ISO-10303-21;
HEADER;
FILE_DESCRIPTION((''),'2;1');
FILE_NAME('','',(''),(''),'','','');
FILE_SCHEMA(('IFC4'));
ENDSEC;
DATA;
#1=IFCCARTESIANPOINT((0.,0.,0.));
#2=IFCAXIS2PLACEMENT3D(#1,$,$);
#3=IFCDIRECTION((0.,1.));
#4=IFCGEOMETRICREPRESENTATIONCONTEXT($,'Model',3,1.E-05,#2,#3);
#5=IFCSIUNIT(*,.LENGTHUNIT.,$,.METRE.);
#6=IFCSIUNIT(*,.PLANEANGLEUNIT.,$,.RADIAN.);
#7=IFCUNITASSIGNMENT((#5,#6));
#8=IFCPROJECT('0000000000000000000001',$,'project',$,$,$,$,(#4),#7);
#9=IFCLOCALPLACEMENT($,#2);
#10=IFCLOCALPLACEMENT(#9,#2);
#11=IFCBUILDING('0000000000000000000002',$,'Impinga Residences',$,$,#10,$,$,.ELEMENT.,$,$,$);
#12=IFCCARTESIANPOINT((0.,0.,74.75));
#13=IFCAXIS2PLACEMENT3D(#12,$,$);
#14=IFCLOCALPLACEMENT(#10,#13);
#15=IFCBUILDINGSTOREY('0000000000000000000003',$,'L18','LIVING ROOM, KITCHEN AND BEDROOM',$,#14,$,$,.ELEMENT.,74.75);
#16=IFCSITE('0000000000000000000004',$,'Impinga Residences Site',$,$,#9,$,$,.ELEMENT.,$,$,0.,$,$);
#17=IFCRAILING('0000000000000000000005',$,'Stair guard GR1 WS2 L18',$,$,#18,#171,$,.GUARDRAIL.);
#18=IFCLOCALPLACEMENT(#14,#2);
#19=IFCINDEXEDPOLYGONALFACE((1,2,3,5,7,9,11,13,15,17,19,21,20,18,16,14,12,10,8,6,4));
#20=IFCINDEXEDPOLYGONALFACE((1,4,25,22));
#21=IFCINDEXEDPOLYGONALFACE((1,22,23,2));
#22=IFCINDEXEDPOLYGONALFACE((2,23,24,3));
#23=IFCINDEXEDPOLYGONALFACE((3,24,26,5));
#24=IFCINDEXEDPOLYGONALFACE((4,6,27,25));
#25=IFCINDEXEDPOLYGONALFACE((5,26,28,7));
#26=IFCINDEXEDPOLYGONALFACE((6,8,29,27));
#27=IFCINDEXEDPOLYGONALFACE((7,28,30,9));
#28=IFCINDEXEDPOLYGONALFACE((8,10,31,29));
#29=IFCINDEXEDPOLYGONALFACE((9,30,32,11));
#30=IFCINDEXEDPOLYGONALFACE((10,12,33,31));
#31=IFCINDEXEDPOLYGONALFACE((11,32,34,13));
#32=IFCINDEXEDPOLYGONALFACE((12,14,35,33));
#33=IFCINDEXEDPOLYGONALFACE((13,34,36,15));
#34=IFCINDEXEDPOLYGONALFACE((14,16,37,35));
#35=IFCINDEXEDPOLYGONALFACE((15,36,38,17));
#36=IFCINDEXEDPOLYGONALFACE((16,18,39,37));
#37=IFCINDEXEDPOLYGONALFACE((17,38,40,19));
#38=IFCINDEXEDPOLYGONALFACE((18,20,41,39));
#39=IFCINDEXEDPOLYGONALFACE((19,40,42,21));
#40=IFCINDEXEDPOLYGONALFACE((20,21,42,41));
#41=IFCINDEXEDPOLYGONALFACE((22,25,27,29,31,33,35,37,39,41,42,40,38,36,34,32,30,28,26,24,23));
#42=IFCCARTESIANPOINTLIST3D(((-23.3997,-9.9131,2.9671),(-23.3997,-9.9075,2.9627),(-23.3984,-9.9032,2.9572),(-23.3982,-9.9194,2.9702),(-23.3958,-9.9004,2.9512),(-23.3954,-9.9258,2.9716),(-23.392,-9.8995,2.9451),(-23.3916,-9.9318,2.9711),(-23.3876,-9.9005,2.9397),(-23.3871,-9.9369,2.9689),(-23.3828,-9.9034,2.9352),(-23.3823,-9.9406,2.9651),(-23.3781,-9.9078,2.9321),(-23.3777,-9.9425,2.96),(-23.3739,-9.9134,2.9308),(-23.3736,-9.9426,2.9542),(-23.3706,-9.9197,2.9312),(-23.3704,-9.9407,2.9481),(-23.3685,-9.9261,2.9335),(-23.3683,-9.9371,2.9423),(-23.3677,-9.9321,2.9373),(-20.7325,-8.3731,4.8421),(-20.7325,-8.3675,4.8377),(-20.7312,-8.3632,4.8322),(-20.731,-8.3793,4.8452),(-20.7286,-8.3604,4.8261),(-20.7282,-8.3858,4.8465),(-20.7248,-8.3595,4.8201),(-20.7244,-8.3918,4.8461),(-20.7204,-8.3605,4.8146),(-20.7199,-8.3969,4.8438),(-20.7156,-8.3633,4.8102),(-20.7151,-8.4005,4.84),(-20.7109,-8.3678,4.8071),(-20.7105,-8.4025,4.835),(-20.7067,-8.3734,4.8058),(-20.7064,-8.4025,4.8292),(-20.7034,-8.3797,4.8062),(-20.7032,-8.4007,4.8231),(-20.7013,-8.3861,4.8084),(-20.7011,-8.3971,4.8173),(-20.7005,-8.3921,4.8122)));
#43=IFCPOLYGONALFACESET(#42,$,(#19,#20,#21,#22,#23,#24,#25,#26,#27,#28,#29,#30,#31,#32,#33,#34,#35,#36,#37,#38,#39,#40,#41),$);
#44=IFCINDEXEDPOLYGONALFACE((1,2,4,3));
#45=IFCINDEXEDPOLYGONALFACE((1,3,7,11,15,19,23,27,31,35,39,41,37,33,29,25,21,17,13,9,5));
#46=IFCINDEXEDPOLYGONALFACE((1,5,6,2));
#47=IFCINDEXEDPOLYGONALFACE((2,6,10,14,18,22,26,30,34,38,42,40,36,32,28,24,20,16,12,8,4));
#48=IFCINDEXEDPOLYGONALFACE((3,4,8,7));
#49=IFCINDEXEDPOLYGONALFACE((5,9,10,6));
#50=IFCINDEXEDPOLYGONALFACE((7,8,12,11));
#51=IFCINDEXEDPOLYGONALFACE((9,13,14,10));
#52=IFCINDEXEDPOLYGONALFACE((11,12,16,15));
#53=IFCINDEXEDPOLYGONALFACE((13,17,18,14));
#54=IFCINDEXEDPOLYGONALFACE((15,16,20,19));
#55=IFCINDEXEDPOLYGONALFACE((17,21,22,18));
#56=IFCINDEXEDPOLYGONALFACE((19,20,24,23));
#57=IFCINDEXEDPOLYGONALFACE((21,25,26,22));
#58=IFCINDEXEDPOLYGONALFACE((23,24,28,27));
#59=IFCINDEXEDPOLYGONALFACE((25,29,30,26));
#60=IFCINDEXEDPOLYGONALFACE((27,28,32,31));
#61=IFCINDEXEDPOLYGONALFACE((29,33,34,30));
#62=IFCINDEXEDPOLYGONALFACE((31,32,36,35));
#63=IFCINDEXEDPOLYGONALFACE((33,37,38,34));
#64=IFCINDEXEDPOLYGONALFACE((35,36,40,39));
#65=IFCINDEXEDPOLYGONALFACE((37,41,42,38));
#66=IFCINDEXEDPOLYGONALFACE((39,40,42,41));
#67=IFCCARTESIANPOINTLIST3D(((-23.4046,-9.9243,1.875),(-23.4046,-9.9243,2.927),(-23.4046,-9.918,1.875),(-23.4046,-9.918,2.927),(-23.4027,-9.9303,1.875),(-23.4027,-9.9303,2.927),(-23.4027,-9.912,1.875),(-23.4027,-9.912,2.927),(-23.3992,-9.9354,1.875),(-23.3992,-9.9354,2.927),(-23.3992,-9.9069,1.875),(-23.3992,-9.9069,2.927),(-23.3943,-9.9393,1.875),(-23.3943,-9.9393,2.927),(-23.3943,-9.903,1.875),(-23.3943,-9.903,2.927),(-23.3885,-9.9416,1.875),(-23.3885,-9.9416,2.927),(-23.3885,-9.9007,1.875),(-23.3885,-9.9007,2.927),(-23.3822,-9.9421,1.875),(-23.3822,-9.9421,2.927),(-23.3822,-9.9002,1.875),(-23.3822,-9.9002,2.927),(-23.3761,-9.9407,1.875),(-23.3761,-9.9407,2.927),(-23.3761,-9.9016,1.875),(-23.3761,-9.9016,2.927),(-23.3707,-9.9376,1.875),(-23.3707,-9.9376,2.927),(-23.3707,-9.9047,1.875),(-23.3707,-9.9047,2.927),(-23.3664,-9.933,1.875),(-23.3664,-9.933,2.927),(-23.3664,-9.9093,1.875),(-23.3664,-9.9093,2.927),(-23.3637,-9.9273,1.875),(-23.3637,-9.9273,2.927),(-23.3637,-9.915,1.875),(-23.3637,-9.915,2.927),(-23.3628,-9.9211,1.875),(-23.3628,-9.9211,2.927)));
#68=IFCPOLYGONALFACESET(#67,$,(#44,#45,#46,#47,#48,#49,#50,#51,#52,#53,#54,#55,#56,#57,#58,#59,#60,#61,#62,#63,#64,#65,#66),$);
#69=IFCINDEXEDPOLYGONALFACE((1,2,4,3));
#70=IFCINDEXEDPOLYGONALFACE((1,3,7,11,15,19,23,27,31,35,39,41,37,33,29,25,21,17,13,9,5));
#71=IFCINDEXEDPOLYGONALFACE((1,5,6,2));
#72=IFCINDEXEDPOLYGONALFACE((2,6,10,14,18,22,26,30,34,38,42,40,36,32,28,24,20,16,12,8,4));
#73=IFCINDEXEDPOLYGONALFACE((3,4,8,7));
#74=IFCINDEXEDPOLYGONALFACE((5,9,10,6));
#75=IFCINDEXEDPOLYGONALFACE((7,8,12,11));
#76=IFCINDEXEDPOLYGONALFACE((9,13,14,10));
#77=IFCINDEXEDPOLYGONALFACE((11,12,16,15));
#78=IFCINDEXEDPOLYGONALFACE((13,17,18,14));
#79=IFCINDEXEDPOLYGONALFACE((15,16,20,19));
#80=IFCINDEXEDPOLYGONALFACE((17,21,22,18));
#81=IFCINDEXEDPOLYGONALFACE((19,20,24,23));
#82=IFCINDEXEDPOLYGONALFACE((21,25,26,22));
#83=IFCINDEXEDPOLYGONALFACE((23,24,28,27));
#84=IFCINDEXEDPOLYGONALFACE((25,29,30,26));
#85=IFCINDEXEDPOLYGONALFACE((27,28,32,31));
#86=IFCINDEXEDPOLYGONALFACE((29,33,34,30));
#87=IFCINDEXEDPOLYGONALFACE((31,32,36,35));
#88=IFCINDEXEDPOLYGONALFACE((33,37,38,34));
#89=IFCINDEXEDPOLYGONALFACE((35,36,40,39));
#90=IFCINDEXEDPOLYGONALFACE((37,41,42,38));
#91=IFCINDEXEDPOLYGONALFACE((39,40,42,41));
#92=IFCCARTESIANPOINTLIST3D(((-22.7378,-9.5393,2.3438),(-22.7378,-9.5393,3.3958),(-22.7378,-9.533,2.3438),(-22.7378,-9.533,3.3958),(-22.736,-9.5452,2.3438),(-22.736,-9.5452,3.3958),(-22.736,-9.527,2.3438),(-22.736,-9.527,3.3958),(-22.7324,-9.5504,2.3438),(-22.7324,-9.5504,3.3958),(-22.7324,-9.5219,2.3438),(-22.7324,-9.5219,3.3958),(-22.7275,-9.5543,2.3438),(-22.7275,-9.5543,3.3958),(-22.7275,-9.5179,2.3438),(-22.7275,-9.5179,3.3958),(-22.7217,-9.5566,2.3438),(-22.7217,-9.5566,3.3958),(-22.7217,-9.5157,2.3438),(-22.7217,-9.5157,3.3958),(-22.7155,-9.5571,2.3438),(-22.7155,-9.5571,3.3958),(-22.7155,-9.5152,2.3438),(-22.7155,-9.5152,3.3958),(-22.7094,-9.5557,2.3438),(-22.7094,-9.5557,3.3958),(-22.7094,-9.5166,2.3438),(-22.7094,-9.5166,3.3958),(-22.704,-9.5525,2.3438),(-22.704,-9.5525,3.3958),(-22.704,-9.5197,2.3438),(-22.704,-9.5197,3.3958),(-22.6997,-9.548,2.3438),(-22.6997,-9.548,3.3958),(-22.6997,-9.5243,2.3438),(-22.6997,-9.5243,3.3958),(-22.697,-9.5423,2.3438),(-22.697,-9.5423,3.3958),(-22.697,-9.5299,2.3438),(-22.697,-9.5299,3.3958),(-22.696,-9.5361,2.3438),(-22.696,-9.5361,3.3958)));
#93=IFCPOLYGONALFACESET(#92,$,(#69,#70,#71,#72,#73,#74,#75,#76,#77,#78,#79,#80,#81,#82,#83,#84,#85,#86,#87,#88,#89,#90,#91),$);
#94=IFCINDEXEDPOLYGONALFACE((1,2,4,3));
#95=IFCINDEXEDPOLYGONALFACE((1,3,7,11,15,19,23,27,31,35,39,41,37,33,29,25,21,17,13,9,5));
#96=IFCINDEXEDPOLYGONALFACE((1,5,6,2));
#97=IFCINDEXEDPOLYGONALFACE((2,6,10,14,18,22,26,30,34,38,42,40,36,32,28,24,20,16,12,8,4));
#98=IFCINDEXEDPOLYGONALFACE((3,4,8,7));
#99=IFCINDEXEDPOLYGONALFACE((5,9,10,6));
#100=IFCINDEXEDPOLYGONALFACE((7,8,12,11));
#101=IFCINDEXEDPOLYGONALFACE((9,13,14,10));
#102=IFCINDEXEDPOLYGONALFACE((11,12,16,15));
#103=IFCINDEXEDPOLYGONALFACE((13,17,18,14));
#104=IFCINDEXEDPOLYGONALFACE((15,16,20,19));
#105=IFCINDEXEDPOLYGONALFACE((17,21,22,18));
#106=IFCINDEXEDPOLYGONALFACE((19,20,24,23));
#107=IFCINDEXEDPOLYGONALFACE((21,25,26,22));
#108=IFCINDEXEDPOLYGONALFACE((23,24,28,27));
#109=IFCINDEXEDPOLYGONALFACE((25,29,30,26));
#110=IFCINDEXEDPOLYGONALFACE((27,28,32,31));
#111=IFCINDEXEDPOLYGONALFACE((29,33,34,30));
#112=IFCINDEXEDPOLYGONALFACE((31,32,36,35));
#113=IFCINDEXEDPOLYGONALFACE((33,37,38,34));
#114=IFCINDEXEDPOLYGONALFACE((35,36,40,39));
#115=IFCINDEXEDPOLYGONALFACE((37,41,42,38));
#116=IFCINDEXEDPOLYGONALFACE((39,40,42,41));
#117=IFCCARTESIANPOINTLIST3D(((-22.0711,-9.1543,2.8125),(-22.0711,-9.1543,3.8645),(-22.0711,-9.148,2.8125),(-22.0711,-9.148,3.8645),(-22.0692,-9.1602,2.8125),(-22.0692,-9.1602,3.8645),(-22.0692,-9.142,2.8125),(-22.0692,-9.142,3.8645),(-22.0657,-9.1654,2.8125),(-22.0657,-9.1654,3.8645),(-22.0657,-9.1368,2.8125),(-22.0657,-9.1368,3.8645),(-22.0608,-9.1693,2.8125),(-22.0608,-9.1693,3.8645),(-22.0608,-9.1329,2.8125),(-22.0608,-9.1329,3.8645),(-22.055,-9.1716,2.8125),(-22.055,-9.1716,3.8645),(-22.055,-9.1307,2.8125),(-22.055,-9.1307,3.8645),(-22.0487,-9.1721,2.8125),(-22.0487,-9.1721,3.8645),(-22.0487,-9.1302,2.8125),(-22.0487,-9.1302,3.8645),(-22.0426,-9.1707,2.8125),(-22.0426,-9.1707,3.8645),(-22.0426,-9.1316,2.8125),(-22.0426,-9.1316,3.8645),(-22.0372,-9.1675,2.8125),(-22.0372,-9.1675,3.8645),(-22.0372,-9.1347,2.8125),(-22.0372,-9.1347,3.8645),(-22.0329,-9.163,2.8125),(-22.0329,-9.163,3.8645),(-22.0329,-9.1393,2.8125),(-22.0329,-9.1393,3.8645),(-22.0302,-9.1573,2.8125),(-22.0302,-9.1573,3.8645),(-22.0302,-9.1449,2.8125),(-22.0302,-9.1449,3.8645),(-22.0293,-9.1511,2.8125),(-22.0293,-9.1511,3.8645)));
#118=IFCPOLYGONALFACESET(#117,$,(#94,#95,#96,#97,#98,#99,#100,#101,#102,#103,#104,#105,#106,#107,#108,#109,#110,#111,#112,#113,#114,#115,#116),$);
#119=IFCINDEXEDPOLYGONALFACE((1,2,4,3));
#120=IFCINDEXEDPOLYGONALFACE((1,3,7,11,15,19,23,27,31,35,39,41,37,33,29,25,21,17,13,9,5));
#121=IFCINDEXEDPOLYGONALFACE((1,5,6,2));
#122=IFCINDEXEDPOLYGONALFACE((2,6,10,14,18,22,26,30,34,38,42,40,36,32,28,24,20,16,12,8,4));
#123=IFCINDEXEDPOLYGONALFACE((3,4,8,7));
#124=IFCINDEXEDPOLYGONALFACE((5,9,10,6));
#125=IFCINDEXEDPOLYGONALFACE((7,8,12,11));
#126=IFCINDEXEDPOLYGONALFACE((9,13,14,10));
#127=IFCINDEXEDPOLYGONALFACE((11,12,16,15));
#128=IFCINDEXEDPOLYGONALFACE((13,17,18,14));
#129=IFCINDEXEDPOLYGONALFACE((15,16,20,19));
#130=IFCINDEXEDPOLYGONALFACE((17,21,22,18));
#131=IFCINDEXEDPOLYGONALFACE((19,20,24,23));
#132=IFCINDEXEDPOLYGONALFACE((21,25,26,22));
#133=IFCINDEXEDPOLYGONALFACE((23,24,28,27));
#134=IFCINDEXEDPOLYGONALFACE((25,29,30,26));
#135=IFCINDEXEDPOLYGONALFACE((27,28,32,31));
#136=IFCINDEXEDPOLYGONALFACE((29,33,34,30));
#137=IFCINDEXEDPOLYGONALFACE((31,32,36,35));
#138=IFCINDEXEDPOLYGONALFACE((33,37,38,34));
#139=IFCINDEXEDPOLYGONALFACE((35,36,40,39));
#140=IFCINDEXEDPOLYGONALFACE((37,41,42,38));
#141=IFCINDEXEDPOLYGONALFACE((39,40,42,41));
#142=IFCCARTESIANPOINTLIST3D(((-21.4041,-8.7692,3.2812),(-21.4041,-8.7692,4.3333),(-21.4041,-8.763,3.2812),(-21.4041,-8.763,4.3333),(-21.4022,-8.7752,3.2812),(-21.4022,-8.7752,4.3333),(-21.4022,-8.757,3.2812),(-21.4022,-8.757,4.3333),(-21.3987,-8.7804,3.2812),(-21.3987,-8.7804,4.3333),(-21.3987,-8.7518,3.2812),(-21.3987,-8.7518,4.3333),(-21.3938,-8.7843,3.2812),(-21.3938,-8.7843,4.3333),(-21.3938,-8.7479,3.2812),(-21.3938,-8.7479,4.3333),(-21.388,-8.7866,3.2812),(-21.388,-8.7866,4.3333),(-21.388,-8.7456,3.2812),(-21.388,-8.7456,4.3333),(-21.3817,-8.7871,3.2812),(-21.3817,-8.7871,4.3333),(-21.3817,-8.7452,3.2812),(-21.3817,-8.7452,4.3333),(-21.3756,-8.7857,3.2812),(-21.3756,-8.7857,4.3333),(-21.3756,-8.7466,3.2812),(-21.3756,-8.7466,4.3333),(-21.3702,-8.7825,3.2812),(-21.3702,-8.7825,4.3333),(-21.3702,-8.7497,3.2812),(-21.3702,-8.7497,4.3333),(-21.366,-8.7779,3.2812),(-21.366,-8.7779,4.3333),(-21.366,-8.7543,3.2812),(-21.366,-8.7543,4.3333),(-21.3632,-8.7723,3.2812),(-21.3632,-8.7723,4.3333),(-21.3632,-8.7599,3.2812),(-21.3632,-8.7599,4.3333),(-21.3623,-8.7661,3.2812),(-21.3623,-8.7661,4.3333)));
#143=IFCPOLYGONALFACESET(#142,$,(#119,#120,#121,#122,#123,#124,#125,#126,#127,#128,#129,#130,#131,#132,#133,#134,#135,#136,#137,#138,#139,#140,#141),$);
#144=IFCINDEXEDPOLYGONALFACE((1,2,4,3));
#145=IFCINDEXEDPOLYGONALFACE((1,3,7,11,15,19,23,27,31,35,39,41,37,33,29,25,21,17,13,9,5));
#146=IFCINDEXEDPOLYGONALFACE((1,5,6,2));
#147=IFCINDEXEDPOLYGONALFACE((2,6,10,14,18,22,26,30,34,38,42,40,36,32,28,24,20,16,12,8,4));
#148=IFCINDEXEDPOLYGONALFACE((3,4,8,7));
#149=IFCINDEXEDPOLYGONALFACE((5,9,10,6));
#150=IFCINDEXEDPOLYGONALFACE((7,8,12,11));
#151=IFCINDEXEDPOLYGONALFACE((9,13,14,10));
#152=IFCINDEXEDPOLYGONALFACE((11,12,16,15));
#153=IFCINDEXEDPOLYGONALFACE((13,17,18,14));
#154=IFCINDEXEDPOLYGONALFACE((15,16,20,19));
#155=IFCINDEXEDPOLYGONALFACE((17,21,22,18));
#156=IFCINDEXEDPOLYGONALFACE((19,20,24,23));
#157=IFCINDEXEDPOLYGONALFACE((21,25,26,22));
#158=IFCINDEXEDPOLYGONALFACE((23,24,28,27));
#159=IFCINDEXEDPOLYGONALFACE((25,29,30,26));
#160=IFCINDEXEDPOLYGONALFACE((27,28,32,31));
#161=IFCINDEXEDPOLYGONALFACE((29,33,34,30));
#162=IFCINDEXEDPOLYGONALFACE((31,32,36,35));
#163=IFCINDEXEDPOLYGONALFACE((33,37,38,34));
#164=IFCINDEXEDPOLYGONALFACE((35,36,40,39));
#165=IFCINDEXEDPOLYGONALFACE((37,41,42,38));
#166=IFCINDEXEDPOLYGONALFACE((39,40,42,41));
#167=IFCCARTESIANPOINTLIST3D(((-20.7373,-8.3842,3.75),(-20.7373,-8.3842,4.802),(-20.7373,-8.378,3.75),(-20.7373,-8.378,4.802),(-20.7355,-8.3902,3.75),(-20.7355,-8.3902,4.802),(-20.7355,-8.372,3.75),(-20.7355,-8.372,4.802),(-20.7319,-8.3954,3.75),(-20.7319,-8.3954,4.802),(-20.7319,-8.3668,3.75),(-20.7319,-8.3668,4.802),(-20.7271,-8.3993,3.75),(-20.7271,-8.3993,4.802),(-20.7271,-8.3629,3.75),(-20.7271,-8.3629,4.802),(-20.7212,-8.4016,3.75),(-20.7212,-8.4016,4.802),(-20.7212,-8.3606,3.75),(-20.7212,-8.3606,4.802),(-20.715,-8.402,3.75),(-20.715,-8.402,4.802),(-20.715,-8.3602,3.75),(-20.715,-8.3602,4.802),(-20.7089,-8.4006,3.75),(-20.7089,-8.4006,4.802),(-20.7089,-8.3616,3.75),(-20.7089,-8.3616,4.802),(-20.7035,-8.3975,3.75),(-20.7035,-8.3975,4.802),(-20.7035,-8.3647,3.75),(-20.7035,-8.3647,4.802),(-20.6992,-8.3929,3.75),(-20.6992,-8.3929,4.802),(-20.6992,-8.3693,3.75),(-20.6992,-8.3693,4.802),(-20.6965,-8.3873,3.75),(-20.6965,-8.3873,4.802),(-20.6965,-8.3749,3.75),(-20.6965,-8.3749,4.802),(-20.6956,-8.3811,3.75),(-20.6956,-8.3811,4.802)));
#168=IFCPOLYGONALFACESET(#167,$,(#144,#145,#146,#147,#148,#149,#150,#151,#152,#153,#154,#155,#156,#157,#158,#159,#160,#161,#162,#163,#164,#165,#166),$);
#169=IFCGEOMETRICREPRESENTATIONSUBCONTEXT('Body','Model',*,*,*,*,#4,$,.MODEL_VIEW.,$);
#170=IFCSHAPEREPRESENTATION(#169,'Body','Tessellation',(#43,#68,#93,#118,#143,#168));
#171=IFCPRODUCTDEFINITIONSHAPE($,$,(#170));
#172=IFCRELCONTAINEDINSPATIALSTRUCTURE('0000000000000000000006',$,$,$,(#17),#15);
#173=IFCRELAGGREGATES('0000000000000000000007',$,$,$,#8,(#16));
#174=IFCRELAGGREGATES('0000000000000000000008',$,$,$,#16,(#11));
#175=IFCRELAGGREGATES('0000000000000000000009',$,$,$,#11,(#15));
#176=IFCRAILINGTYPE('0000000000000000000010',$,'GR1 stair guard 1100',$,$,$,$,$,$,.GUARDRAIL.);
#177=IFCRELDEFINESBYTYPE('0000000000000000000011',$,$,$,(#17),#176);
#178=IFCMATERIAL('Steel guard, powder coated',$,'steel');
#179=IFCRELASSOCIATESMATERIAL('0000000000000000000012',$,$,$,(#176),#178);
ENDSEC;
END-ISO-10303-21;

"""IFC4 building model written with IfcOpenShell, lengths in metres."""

from ifc_helpers import new_model, si_unit, direction, frame, origin, origin_2d, place, context, subcontext, project, spatial, circle, extrude, material, type_object, element, save


model = new_model("IFC4")

# Units and contexts
model_context = context("Model", 3, precision=1e-05, world=origin(), true_north=direction((0.0, 1.0)))
body_context = subcontext(model_context, "Body", "Model", "MODEL_VIEW")
ifc_project = project(units=[si_unit("LENGTHUNIT", "METRE"), si_unit("PLANEANGLEUNIT", "RADIAN")], contexts=[model_context])

# Site, building, storey
site_placement = place(None, origin())
site = spatial("IfcSite", under=ifc_project, at=site_placement, Name="Impinga Residences Site", CompositionType="ELEMENT", RefElevation=0.0)
building_placement = place(site_placement, origin())
building = spatial("IfcBuilding", under=site, at=building_placement, Name="Impinga Residences", CompositionType="ELEMENT")
storey_placement = place(building_placement, frame((0.0, 0.0, 74.75)))
storey = spatial("IfcBuildingStorey", under=building, at=storey_placement, Name="L18", Description="LIVING ROOM, KITCHEN AND BEDROOM", CompositionType="ELEMENT", Elevation=74.75)

# Railing
ifc_material_1 = material(Name="Steel guard, powder coated", Category="steel")
railing_type_1 = type_object("IfcRailingType", Name="GR1 stair guard 1100", PredefinedType="GUARDRAIL", material=ifc_material_1)
railing_1_placement = place(storey_placement, frame((-23.3838, -9.9211, 1.875)))
element("IfcRailing", 1, at=railing_1_placement, inside=storey, type_object=railing_type_1, Name="Stair guard GR1 WS2 L18", PredefinedType="GUARDRAIL", context=body_context, shape_type="SweptSolid", body=[
    extrude(circle(Radius=0.0239, at=origin_2d()), frame((0.0, 0.0, 1.0762), z_axis=(0.739716, 0.427105, 0.520002), x_axis=(-0.500027, 0.86601, 0.0)), (0.0, 0.0, 1.0), 3.6057),
    extrude(circle(Radius=0.021, at=origin_2d()), origin(), (0.0, 0.0, 1.0), 1.052),
    extrude(circle(Radius=0.021, at=origin_2d()), frame((0.6667, 0.385, 0.4688)), (0.0, 0.0, 1.0), 1.052),
    extrude(circle(Radius=0.021, at=origin_2d()), frame((1.3335, 0.77, 0.9375)), (0.0, 0.0, 1.0), 1.052),
    extrude(circle(Radius=0.021, at=origin_2d()), frame((2.0005, 1.155, 1.4062)), (0.0, 0.0, 1.0), 1.052),
    extrude(circle(Radius=0.021, at=origin_2d()), frame((2.6672, 1.54, 1.875)), (0.0, 0.0, 1.0), 1.052),
])

save(model, "model.ifc")
